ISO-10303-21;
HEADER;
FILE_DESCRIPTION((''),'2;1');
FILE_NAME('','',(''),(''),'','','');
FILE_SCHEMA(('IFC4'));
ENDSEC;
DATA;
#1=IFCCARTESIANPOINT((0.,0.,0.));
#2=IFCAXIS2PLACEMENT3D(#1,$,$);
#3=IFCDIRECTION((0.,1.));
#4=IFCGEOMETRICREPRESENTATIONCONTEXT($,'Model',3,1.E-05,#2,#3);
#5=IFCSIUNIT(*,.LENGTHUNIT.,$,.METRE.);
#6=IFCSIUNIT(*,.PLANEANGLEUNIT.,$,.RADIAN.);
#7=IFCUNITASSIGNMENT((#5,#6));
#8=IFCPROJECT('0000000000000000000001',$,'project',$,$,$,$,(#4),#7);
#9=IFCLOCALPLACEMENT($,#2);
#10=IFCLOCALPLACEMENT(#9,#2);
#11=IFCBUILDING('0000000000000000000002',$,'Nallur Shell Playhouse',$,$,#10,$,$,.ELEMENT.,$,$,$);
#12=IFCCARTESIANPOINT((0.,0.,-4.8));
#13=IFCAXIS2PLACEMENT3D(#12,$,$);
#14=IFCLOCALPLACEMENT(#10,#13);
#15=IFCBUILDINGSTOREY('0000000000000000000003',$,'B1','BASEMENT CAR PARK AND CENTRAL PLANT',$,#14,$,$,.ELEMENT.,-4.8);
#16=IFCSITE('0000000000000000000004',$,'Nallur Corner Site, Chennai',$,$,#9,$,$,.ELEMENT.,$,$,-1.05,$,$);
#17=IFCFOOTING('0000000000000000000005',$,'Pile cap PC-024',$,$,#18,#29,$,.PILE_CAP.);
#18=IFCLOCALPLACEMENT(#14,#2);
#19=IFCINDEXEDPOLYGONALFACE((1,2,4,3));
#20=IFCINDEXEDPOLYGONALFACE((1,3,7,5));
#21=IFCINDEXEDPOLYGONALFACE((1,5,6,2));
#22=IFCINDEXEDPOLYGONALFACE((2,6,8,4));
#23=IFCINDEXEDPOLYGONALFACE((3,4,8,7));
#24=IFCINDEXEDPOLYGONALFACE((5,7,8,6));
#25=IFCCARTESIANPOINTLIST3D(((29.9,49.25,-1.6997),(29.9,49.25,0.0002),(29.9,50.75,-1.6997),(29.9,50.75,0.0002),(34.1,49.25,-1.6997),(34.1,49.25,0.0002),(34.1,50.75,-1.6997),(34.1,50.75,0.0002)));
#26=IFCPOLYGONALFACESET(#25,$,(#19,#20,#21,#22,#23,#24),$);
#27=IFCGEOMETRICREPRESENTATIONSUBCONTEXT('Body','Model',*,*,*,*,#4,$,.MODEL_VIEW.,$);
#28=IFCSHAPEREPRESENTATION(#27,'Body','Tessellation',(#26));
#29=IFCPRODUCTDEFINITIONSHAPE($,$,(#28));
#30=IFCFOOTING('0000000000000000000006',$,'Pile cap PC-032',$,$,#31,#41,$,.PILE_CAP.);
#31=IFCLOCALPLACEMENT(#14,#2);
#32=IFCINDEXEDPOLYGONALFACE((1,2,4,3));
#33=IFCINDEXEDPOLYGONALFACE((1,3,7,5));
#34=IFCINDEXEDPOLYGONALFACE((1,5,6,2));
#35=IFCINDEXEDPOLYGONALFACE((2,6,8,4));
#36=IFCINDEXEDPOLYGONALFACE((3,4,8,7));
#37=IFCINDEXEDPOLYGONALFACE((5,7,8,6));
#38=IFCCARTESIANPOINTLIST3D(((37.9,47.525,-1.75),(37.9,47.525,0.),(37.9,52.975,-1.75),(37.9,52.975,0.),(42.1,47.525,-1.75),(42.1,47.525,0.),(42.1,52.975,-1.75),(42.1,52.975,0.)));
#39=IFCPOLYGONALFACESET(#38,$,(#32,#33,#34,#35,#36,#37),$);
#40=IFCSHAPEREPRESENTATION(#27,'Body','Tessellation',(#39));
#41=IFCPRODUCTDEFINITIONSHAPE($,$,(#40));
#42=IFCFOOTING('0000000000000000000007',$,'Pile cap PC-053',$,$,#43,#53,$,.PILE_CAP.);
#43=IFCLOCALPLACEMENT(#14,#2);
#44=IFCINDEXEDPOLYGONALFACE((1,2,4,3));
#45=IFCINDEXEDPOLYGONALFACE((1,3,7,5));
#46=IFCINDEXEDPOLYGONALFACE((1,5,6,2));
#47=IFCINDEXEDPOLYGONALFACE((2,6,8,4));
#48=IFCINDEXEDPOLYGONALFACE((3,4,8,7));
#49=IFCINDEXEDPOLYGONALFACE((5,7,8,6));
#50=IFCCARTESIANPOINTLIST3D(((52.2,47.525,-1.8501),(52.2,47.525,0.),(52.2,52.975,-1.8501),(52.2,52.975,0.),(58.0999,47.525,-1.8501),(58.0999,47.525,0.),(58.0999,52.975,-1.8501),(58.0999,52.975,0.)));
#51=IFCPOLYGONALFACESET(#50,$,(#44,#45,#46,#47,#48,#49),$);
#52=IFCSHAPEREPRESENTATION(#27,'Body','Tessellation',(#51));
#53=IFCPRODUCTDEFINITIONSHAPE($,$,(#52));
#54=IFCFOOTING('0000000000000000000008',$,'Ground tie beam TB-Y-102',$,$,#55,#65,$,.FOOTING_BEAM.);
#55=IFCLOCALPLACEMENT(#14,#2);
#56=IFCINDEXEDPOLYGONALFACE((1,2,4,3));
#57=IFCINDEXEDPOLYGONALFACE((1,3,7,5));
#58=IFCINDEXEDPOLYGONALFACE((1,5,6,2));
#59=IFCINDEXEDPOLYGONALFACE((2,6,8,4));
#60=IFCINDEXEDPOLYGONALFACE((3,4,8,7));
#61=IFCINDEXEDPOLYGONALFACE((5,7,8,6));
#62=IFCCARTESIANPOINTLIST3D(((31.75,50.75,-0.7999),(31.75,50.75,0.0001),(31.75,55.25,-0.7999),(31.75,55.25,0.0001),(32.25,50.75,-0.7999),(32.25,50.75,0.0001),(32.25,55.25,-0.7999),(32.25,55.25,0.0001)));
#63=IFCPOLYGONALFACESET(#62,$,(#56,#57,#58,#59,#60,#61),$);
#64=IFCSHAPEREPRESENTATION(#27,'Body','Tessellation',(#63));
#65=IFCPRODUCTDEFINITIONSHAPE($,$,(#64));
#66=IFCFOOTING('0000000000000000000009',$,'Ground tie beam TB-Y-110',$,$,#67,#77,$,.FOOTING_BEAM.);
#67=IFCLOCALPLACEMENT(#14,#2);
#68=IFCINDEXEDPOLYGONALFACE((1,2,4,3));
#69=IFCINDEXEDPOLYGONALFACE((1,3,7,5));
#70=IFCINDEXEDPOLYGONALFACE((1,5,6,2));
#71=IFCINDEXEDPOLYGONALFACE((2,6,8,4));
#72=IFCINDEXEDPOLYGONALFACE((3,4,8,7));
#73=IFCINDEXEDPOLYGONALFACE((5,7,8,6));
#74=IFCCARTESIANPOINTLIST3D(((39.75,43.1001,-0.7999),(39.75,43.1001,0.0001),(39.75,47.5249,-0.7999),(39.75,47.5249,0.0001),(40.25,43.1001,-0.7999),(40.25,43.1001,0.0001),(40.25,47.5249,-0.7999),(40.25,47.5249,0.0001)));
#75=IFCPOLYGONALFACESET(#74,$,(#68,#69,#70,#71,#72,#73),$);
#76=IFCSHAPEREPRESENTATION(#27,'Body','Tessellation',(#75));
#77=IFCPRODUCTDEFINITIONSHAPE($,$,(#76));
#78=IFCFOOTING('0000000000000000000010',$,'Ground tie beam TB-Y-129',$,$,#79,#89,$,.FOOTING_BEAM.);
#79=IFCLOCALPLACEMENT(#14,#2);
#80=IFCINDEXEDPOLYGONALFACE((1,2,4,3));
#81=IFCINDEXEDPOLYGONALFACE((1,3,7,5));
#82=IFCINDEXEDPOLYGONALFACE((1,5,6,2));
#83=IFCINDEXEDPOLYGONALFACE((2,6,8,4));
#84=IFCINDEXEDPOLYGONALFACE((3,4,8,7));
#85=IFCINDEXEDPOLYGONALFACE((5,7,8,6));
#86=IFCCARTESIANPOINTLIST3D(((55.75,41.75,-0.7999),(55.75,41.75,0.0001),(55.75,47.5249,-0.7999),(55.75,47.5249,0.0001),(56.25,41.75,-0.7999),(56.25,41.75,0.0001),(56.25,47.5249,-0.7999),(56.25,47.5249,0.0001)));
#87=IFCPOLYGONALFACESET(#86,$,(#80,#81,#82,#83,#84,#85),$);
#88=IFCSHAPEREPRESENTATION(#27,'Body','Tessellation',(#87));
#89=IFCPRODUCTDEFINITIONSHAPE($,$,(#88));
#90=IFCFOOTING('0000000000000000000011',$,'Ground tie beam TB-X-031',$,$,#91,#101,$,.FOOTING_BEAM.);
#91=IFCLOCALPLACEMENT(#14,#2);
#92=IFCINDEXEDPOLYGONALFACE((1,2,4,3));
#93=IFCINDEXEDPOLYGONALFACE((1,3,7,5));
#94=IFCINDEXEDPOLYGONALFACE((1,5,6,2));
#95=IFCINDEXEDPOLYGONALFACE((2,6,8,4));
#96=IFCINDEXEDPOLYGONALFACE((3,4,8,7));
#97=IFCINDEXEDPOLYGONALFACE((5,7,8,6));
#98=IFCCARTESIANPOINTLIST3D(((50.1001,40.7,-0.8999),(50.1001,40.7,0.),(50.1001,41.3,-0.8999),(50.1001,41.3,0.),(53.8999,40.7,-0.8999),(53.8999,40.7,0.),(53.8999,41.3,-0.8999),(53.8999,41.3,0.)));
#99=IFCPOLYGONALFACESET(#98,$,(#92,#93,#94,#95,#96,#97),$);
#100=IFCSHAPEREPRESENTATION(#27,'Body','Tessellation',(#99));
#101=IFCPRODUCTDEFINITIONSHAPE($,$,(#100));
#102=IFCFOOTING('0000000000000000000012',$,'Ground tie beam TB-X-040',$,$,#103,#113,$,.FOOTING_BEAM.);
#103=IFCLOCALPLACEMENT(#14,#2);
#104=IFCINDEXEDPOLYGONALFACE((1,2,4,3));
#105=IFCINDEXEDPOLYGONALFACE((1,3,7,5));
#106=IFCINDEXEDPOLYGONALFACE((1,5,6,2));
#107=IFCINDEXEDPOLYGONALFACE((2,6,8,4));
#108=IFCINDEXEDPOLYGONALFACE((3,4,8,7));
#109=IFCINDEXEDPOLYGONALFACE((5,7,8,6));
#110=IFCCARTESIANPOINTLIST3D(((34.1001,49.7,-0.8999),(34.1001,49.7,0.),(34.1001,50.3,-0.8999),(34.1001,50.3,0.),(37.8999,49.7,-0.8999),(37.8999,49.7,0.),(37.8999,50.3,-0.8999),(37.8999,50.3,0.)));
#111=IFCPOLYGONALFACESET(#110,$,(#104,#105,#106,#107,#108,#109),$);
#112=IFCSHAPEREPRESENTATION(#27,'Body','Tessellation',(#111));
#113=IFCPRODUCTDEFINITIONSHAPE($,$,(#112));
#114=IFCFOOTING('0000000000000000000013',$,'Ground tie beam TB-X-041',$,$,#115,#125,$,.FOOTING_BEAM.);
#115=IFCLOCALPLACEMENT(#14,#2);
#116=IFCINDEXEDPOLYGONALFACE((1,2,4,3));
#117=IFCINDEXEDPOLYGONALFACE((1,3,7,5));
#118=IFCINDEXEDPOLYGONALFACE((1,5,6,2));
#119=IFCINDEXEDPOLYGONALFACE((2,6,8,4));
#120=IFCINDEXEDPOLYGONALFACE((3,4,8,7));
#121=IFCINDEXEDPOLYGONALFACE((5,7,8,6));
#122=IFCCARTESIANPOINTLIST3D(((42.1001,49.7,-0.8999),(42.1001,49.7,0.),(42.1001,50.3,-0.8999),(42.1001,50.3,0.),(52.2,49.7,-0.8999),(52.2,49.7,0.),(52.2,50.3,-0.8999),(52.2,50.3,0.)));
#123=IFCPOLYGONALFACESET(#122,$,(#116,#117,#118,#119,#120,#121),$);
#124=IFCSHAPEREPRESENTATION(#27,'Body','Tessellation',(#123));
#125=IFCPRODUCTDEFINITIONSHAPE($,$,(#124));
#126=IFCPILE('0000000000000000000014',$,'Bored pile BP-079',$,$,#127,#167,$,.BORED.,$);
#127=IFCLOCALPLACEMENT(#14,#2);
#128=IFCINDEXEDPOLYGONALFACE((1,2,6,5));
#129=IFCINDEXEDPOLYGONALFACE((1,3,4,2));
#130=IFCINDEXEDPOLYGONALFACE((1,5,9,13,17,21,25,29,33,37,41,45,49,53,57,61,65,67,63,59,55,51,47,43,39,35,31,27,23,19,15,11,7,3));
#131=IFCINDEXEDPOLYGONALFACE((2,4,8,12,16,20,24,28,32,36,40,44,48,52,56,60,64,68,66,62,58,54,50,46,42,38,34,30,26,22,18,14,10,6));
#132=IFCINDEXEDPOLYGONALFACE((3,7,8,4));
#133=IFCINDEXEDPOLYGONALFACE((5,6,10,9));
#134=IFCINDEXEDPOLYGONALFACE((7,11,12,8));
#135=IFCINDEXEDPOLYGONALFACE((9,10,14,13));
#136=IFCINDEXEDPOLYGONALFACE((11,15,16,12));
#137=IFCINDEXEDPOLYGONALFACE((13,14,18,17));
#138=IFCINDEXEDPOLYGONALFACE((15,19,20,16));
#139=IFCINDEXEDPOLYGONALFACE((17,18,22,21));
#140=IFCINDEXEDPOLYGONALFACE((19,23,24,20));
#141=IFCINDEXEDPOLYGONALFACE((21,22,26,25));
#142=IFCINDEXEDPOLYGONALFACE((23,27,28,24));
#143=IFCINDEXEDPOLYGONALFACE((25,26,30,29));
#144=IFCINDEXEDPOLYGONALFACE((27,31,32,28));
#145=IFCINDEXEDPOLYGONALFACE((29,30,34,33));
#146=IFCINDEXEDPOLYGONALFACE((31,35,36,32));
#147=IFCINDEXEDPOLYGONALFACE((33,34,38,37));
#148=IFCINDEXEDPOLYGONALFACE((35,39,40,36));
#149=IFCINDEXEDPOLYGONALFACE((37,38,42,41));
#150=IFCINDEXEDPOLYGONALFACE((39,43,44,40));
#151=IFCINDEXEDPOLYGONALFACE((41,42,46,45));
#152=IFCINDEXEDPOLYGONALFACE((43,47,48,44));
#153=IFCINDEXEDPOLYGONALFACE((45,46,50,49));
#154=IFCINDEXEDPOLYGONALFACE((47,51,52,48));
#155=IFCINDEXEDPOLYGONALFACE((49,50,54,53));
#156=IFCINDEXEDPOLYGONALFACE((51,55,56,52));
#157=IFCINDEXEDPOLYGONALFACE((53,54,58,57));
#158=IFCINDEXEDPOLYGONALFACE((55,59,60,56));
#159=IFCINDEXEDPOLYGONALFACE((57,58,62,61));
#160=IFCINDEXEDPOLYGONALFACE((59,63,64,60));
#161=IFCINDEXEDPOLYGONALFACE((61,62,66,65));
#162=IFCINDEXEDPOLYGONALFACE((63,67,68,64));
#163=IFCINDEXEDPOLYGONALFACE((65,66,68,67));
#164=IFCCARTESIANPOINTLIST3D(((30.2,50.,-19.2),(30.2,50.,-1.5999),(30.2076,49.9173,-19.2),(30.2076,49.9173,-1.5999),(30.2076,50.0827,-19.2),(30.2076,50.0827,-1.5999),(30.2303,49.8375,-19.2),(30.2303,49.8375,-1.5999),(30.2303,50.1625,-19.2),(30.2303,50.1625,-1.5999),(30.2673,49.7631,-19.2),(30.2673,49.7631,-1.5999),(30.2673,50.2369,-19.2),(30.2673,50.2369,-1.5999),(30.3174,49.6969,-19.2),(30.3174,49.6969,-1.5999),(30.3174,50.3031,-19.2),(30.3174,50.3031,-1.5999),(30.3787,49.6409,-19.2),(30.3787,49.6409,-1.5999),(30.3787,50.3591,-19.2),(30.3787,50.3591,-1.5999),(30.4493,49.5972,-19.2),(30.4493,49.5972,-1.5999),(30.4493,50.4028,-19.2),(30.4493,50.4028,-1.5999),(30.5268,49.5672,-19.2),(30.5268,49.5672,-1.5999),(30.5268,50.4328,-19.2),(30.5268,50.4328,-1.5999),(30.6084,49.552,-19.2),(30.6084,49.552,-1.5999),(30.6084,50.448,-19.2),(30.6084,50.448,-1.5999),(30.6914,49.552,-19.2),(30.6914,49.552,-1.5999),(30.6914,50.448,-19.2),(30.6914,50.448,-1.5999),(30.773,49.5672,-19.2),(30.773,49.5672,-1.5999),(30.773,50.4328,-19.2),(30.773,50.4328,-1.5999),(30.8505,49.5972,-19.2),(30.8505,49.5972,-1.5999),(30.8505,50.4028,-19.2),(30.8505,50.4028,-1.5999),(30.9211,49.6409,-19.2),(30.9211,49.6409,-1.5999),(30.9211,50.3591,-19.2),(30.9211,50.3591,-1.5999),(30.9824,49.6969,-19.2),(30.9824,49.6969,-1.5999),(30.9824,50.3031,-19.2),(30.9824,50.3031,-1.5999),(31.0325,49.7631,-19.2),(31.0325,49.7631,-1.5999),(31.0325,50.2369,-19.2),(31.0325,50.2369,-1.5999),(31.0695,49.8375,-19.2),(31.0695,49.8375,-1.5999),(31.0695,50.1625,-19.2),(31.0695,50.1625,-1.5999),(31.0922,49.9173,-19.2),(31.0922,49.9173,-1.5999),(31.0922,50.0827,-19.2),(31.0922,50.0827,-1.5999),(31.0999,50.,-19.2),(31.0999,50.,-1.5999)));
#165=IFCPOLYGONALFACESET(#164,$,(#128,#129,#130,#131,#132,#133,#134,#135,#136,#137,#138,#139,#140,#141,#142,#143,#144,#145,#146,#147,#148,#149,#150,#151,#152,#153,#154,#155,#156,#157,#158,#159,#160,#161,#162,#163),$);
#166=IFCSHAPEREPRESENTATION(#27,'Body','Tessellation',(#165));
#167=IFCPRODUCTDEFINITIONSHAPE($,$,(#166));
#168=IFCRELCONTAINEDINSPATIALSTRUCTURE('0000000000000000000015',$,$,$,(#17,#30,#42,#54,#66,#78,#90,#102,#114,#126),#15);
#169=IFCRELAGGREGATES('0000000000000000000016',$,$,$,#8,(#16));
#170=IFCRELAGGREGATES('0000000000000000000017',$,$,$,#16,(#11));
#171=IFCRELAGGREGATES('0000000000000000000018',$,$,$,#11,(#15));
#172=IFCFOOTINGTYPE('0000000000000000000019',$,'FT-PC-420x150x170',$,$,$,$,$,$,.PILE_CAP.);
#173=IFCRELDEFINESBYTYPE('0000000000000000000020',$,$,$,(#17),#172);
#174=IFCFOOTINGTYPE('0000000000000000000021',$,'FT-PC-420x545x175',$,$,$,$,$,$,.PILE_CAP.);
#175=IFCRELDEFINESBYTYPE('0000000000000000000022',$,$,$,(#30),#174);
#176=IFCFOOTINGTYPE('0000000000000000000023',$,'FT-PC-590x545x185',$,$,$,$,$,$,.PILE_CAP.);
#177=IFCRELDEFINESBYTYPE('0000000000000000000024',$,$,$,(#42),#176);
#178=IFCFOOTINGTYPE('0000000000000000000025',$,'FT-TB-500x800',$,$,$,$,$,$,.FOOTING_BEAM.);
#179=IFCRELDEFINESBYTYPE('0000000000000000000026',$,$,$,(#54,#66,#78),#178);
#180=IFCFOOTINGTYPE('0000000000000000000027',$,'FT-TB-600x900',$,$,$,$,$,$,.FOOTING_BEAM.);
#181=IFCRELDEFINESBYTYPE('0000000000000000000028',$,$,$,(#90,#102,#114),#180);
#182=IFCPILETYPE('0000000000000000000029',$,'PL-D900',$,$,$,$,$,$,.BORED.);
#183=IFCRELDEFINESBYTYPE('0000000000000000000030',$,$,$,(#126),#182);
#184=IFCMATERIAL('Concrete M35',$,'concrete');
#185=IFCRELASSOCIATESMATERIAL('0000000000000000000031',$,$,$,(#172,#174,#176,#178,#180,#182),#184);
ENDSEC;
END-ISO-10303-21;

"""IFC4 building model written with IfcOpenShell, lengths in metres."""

from ifc_helpers import new_model, si_unit, direction, frame, origin, origin_2d, place, context, subcontext, project, spatial, rectangle, circle, extrude, material, material_profile, profile_set, type_object, element, save


model = new_model("IFC4")

# Units and contexts
model_context = context("Model", 3, precision=1e-05, world=origin(), true_north=direction((0.0, 1.0)))
body_context = subcontext(model_context, "Body", "Model", "MODEL_VIEW")
ifc_project = project(units=[si_unit("LENGTHUNIT", "METRE"), si_unit("PLANEANGLEUNIT", "RADIAN")], contexts=[model_context])

# Site, building, storey
site_placement = place(None, origin())
site = spatial("IfcSite", under=ifc_project, at=site_placement, Name="Nallur Corner Site, Chennai", CompositionType="ELEMENT", RefElevation=-1.05)
building_placement = place(site_placement, origin())
building = spatial("IfcBuilding", under=site, at=building_placement, Name="Nallur Shell Playhouse", CompositionType="ELEMENT")
storey_placement = place(building_placement, frame((0.0, 0.0, -4.8)))
storey = spatial("IfcBuildingStorey", under=building, at=storey_placement, Name="B1", Description="BASEMENT CAR PARK AND CENTRAL PLANT", CompositionType="ELEMENT", Elevation=-4.8)

# Footings
ifc_material_1 = material(Name="Concrete M35", Category="concrete")
footing_type_1 = type_object("IfcFootingType", Name="FT-PC-420x150x170", PredefinedType="PILE_CAP", material=ifc_material_1)
footing_1_placement = place(storey_placement, frame((32.0, 50.0, -1.6997), z_axis=(0.0, 0.0, 1.0), x_axis=(1.0, 0.0, 0.0)))
element("IfcFooting", 1, at=footing_1_placement, inside=storey, type_object=footing_type_1, Name="Pile cap PC-024", PredefinedType="PILE_CAP", context=body_context, shape_type="SweptSolid", body=[
    extrude(rectangle(XDim=4.2, YDim=1.5, at=origin_2d()), origin(), (0.0, 0.0, 1.0), 1.7),
])
footing_type_2 = type_object("IfcFootingType", Name="FT-PC-420x545x175", PredefinedType="PILE_CAP", material=ifc_material_1)
footing_2_placement = place(storey_placement, frame((40.0, 50.25, -1.75), z_axis=(0.0, 0.0, 1.0), x_axis=(1.0, 0.0, 0.0)))
element("IfcFooting", 2, at=footing_2_placement, inside=storey, type_object=footing_type_2, Name="Pile cap PC-032", PredefinedType="PILE_CAP", context=body_context, shape_type="SweptSolid", body=[
    extrude(rectangle(XDim=4.2, YDim=5.45, at=origin_2d()), origin(), (0.0, 0.0, 1.0), 1.75),
])
footing_type_3 = type_object("IfcFootingType", Name="FT-PC-590x545x185", PredefinedType="PILE_CAP", material=ifc_material_1)
footing_3_placement = place(storey_placement, frame((55.1499, 50.25, -1.8501), z_axis=(0.0, 0.0, 1.0), x_axis=(1.0, 0.0, 0.0)))
element("IfcFooting", 3, at=footing_3_placement, inside=storey, type_object=footing_type_3, Name="Pile cap PC-053", PredefinedType="PILE_CAP", context=body_context, shape_type="SweptSolid", body=[
    extrude(rectangle(XDim=5.8999, YDim=5.45, at=origin_2d()), origin(), (0.0, 0.0, 1.0), 1.8501),
])
ifc_material_profile_1 = material_profile(ifc_material_1, rectangle(XDim=0.5, YDim=0.8, at=origin_2d()), Name="RC 500x800")
ifc_profile_set_1 = profile_set([ifc_material_profile_1], Name="Concrete M35")
footing_type_4 = type_object("IfcFootingType", Name="FT-TB-500x800", PredefinedType="FOOTING_BEAM", material=ifc_profile_set_1)
footing_4_placement = place(storey_placement, frame((32.0, 50.75, -0.3999), z_axis=(0.0, 1.0, 0.0), x_axis=(-1.0, 0.0, 0.0)))
element("IfcFooting", 4, at=footing_4_placement, inside=storey, type_object=footing_type_4, Name="Ground tie beam TB-Y-102", PredefinedType="FOOTING_BEAM", context=body_context, shape_type="SweptSolid", body=[
    extrude(rectangle(XDim=0.5, YDim=0.8, at=origin_2d()), origin(), (0.0, 0.0, 1.0), 4.5),
])
footing_5_placement = place(storey_placement, frame((40.0, 43.1001, -0.3999), z_axis=(0.0, 1.0, 0.0), x_axis=(-1.0, 0.0, 0.0)))
element("IfcFooting", 5, at=footing_5_placement, inside=storey, type_object=footing_type_4, Name="Ground tie beam TB-Y-110", PredefinedType="FOOTING_BEAM", context=body_context, shape_type="SweptSolid", body=[
    extrude(rectangle(XDim=0.5, YDim=0.8, at=origin_2d()), origin(), (0.0, 0.0, 1.0), 4.4248),
])
footing_6_placement = place(storey_placement, frame((56.0, 41.75, -0.3999), z_axis=(0.0, 1.0, 0.0), x_axis=(-1.0, 0.0, 0.0)))
element("IfcFooting", 6, at=footing_6_placement, inside=storey, type_object=footing_type_4, Name="Ground tie beam TB-Y-129", PredefinedType="FOOTING_BEAM", context=body_context, shape_type="SweptSolid", body=[
    extrude(rectangle(XDim=0.5, YDim=0.8, at=origin_2d()), origin(), (0.0, 0.0, 1.0), 5.7749),
])
ifc_material_profile_2 = material_profile(ifc_material_1, rectangle(XDim=0.6001, YDim=0.8999, at=origin_2d()), Name="RC 600x900")
ifc_profile_set_2 = profile_set([ifc_material_profile_2], Name="Concrete M35")
footing_type_5 = type_object("IfcFootingType", Name="FT-TB-600x900", PredefinedType="FOOTING_BEAM", material=ifc_profile_set_2)
for number, where, z_axis, x_axis, name in (
    (7, (50.1001, 41.0, -0.45), (1.0, 0.0, 0.0), (0.0, 1.0, 0.0), "Ground tie beam TB-X-031"),
    (8, (34.1001, 50.0, -0.45), (1.0, 0.0, 0.0), (0.0, 1.0, 0.0), "Ground tie beam TB-X-040"),
):
    element("IfcFooting", number, at=place(storey_placement, frame(where, z_axis=z_axis, x_axis=x_axis)), inside=storey, type_object=footing_type_5, Name=name, PredefinedType="FOOTING_BEAM", context=body_context, shape_type="SweptSolid", body=[
        extrude(rectangle(XDim=0.6001, YDim=0.8999, at=origin_2d()), origin(), (0.0, 0.0, 1.0), 3.7998),
    ])
footing_7_placement = place(storey_placement, frame((42.1001, 50.0, -0.45), z_axis=(1.0, 0.0, 0.0), x_axis=(0.0, 1.0, 0.0)))
element("IfcFooting", 9, at=footing_7_placement, inside=storey, type_object=footing_type_5, Name="Ground tie beam TB-X-041", PredefinedType="FOOTING_BEAM", context=body_context, shape_type="SweptSolid", body=[
    extrude(rectangle(XDim=0.6001, YDim=0.8999, at=origin_2d()), origin(), (0.0, 0.0, 1.0), 10.0999),
])

# Pile
ifc_material_profile_3 = material_profile(ifc_material_1, circle(Radius=0.45, at=origin_2d()), Name="BORED PILE D900")
ifc_profile_set_3 = profile_set([ifc_material_profile_3], Name="Concrete M35")
pile_type = type_object("IfcPileType", Name="PL-D900", PredefinedType="BORED", material=ifc_profile_set_3)
for number, where, z_axis, x_axis, name in (
    (10, (30.6499, 50.0, -1.5999), (0.0, 0.0, -1.0), (1.0, 0.0, 0.0), "Bored pile BP-079"),
):
    element("IfcPile", number, at=place(storey_placement, frame(where, z_axis=z_axis, x_axis=x_axis)), inside=storey, type_object=pile_type, Name=name, PredefinedType="BORED", context=body_context, shape_type="SweptSolid", body=[
        extrude(circle(Radius=0.45, at=origin_2d()), origin(), (0.0, 0.0, 1.0), 17.6001),
    ])

save(model, "model.ifc")
